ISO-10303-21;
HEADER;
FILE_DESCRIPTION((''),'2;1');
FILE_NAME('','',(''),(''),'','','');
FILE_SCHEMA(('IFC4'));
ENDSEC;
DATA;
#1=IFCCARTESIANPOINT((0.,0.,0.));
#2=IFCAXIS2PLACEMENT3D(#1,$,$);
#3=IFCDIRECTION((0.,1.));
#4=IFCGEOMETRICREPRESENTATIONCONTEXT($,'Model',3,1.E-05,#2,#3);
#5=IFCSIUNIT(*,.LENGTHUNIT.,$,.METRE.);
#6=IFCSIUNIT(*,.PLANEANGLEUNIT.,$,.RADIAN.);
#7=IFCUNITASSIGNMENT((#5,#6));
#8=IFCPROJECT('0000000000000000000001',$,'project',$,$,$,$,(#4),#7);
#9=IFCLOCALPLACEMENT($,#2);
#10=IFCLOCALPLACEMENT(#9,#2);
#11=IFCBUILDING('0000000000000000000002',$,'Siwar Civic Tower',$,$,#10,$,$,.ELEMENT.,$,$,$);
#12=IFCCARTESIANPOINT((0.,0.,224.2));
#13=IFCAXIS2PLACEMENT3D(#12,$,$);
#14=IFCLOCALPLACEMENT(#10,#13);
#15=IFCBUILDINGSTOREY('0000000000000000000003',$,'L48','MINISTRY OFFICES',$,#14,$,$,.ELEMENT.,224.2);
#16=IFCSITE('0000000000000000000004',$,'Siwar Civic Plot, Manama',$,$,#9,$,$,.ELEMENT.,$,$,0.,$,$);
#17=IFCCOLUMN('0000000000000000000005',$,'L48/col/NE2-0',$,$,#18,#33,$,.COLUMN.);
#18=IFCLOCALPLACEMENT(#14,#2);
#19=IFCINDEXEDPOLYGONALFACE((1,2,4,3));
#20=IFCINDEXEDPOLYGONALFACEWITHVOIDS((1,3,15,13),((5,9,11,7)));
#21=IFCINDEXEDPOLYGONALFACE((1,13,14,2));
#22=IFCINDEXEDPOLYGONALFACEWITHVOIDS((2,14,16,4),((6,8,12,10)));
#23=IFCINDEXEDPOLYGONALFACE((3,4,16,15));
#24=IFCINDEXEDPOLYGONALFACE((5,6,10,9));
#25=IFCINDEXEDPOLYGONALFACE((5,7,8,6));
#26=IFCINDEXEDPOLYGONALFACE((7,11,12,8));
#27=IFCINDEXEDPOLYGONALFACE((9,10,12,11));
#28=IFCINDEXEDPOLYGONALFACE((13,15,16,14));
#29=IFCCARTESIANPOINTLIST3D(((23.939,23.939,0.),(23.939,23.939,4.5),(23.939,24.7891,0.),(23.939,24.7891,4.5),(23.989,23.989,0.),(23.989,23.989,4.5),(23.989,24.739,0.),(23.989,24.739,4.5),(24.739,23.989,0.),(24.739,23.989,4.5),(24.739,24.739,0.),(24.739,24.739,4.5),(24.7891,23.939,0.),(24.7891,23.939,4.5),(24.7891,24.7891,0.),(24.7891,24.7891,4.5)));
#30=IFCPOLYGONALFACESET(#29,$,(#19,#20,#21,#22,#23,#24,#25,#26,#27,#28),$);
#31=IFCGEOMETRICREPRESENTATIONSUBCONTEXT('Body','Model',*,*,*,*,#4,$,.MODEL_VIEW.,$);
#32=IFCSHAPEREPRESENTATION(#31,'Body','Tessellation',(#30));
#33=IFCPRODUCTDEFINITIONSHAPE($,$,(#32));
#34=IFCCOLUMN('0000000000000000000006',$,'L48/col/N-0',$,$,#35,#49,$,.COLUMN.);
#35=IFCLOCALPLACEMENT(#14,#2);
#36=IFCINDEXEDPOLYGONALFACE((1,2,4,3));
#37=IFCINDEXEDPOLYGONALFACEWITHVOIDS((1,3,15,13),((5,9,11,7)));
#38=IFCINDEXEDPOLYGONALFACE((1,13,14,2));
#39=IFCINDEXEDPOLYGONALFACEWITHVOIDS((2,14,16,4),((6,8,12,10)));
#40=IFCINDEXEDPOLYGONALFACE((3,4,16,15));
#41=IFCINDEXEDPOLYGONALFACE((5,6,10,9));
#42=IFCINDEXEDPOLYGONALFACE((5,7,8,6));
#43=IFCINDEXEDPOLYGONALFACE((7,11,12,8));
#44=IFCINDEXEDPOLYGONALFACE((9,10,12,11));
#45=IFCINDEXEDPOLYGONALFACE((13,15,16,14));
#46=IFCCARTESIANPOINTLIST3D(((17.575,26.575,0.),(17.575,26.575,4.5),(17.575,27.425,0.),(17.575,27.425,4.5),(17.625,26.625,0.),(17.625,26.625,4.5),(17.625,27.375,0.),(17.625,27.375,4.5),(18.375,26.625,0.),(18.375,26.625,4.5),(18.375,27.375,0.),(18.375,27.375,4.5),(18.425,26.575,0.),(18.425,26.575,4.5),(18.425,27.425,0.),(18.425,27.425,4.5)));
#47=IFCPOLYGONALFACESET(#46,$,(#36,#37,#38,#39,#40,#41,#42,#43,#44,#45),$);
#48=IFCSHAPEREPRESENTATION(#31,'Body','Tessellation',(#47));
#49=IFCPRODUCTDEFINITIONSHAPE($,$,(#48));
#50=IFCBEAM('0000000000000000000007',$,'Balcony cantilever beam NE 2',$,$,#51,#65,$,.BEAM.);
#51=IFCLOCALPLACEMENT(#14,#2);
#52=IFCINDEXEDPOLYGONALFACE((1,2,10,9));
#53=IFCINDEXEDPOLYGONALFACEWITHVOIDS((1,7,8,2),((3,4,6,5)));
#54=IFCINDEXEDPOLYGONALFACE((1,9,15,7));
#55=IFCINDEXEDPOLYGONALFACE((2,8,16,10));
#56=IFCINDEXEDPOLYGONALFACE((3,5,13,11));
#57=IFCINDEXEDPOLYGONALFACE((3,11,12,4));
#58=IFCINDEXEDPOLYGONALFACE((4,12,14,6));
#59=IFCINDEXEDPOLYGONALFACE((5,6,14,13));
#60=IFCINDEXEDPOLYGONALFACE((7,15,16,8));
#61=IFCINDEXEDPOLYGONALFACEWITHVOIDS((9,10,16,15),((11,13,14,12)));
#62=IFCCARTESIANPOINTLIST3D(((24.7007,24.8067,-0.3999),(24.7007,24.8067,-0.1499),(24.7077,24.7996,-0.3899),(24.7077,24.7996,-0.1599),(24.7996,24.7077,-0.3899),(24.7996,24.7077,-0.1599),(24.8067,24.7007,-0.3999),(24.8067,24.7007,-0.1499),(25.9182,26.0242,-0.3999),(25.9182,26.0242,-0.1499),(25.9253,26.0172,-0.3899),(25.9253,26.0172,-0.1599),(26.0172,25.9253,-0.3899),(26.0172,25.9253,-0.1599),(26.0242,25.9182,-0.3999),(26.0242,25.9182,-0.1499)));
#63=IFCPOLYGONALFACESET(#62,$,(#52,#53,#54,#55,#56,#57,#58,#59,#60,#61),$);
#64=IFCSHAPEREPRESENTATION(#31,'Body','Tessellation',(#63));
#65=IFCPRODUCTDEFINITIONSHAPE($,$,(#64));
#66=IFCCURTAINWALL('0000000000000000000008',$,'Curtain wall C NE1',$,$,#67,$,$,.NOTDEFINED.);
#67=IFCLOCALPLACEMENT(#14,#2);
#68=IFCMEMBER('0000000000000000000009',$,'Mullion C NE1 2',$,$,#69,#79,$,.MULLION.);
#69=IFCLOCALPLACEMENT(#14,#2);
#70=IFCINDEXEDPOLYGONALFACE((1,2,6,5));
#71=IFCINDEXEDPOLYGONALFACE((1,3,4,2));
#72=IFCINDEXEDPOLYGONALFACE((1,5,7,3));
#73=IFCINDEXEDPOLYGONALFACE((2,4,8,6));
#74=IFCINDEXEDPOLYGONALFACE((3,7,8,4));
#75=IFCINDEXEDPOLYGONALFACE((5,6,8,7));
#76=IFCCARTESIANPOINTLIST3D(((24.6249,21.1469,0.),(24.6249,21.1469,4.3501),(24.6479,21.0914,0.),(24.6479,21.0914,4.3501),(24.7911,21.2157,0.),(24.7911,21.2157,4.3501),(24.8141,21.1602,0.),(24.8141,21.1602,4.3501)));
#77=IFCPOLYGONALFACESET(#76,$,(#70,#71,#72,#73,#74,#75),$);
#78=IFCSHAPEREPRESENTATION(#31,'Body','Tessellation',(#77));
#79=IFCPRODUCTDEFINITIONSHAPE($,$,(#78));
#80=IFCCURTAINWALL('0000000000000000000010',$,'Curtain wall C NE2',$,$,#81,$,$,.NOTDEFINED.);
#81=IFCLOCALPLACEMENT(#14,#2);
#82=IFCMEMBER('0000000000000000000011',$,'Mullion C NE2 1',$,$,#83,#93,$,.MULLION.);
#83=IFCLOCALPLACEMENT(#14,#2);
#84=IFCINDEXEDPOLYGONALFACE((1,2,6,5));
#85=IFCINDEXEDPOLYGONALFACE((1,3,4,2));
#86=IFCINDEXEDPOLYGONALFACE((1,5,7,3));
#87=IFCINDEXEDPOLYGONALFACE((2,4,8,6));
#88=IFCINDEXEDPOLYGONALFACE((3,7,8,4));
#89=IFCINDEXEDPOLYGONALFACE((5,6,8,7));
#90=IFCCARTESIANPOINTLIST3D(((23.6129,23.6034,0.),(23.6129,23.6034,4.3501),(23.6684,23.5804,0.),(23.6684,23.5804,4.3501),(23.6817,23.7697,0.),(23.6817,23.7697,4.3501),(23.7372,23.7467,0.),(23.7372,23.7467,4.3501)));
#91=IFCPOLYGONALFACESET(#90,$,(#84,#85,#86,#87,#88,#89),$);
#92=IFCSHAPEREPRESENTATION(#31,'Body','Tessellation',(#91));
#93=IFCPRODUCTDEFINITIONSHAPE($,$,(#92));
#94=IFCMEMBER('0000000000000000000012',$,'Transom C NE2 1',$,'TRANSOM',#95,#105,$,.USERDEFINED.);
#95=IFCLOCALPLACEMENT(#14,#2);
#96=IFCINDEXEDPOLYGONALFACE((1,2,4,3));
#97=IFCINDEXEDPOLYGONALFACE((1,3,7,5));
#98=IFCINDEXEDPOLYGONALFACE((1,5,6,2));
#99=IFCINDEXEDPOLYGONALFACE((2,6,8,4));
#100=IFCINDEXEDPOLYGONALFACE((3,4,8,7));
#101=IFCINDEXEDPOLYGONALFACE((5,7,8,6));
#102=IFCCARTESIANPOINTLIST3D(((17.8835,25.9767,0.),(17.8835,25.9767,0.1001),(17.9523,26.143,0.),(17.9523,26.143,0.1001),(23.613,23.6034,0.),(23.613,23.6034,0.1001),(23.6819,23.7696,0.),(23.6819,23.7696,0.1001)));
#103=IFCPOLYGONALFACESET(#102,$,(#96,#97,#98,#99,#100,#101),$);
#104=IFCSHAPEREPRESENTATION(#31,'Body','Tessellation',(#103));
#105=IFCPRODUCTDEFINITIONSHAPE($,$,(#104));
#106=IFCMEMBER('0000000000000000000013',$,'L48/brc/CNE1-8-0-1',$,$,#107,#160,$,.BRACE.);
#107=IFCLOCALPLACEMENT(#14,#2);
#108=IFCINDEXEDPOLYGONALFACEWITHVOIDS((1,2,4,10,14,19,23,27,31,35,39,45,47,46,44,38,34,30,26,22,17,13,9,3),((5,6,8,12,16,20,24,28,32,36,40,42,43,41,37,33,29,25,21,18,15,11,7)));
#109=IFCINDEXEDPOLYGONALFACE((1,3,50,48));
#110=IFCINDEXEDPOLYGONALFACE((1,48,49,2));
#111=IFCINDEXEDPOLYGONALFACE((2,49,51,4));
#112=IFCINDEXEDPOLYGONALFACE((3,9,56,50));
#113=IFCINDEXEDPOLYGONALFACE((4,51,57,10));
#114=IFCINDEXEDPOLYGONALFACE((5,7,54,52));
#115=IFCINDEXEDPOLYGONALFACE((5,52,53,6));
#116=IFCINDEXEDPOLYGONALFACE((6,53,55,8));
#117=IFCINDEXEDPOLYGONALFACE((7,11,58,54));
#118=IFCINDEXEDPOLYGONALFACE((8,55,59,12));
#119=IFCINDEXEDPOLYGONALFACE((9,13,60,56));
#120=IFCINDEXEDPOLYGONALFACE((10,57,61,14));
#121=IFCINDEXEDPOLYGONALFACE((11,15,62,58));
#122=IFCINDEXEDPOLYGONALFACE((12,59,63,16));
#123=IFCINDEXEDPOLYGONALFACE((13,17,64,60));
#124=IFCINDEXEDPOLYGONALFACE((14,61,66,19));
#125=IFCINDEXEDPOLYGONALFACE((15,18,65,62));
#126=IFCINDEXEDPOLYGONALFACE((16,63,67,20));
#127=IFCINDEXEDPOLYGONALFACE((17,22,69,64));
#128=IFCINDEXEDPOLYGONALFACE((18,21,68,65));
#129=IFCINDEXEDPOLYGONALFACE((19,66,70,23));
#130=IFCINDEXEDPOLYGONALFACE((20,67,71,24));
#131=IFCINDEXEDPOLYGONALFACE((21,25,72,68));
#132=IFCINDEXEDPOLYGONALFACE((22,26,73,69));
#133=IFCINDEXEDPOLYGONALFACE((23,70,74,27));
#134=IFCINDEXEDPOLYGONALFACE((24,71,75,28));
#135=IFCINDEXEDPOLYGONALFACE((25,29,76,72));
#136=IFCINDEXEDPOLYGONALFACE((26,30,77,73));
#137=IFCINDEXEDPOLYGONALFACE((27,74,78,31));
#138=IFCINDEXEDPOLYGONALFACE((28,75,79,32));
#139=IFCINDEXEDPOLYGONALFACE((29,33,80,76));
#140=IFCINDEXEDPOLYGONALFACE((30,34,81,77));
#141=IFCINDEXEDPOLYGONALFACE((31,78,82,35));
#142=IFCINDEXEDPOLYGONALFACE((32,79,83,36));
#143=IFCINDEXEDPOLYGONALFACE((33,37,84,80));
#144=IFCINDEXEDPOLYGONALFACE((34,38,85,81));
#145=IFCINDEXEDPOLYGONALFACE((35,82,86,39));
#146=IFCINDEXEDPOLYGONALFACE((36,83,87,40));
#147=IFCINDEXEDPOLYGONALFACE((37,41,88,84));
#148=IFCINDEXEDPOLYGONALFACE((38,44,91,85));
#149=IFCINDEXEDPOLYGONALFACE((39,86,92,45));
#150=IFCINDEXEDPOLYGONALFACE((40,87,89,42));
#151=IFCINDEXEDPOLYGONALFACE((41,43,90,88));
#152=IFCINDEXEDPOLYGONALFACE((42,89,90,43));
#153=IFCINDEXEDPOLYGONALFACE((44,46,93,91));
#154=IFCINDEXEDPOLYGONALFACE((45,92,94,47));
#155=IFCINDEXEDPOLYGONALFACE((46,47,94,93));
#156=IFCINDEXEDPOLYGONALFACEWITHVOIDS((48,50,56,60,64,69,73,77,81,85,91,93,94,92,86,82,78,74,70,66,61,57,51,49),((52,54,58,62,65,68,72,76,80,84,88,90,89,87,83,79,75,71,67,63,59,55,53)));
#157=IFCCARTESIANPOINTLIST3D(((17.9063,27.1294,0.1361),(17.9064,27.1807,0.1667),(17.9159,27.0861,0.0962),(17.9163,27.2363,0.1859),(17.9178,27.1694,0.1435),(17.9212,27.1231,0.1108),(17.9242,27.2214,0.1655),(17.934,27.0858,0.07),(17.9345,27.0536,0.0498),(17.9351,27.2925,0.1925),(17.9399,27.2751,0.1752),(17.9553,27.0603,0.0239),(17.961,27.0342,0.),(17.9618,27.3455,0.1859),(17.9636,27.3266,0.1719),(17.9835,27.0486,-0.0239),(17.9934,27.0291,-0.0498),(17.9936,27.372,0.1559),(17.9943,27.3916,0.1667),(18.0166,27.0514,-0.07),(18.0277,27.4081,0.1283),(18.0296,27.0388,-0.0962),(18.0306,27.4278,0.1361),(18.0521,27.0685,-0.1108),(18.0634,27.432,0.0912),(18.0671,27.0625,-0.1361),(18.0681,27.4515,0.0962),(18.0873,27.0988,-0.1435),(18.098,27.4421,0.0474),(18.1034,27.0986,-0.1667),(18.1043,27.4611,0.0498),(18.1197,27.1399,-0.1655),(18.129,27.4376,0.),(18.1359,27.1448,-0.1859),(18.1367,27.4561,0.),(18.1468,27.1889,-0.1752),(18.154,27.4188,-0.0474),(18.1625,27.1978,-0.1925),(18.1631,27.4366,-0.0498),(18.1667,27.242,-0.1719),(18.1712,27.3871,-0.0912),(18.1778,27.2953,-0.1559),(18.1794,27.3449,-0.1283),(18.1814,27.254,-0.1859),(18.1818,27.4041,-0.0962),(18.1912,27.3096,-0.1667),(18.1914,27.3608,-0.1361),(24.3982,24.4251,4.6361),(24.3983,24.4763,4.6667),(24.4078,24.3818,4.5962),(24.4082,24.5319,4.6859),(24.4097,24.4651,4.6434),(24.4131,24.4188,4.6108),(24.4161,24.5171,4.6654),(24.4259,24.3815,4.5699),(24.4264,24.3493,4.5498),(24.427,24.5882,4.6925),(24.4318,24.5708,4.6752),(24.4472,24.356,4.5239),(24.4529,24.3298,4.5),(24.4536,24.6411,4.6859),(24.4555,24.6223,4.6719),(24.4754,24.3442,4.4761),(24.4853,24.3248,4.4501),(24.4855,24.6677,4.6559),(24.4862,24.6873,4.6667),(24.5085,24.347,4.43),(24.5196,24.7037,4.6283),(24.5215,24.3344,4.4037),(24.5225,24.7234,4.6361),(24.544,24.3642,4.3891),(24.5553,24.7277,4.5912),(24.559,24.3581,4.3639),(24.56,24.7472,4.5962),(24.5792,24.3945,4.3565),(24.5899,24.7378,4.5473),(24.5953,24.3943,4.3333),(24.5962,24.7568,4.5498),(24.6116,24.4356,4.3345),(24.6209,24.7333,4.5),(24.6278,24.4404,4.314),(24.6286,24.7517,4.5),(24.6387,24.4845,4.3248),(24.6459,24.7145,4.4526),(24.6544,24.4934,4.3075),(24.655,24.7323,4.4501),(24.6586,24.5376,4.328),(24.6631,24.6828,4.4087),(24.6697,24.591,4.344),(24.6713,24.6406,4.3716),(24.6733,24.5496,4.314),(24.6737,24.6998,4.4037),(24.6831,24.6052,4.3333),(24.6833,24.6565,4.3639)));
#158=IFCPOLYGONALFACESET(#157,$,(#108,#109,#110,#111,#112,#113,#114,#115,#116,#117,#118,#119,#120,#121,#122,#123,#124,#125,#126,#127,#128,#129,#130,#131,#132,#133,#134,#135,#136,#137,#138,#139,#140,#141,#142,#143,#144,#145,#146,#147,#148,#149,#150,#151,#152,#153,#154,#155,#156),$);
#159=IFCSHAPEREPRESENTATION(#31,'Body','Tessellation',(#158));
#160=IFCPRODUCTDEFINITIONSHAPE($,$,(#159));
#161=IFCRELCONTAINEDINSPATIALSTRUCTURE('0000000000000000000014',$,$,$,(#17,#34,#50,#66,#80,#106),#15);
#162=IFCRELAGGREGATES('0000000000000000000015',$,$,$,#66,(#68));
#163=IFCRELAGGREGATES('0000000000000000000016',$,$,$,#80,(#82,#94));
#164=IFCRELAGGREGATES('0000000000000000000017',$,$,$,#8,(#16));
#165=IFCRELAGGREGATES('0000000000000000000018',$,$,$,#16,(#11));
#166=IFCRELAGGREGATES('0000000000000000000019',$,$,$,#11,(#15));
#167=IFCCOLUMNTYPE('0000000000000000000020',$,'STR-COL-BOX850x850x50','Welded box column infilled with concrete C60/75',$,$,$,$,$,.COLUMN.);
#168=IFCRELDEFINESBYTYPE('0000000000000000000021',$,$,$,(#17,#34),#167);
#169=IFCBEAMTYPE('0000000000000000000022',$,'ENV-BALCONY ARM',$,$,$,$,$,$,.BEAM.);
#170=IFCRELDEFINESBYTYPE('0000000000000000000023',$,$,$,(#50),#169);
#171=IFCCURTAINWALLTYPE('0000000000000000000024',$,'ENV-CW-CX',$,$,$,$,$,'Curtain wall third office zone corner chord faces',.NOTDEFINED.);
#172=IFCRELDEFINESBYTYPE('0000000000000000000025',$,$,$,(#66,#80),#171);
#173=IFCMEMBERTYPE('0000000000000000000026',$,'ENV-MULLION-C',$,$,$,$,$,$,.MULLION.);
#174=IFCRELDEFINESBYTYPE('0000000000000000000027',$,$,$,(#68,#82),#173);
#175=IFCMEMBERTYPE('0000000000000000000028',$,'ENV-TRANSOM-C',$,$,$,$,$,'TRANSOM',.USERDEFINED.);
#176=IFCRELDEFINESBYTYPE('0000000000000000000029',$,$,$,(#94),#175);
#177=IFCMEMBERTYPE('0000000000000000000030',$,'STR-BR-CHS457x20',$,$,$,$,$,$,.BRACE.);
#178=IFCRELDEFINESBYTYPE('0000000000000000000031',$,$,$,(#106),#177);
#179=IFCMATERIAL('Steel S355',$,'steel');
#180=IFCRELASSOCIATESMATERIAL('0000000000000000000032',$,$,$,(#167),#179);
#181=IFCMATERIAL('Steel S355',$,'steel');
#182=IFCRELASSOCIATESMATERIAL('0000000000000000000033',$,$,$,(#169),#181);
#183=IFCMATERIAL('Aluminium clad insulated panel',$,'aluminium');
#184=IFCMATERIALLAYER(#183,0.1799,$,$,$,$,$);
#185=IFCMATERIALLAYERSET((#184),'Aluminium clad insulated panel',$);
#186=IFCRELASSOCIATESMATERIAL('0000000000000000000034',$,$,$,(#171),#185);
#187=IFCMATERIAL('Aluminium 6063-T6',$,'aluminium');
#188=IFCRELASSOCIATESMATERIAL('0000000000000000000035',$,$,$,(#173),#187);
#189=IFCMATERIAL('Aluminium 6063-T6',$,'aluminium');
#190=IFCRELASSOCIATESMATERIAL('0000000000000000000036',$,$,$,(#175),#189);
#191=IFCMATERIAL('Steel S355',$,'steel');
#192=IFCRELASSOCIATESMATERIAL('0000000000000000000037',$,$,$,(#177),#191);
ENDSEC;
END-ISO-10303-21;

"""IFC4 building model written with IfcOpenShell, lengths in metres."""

from ifc_helpers import new_model, si_unit, direction, frame, origin, origin_2d, place, context, subcontext, project, spatial, rectangle, hollow_rectangle, hollow_circle, extrude, material, layer, layer_set, material_profile, profile_set, type_object, element, aggregate, save


model = new_model("IFC4")

# Units and contexts
model_context = context("Model", 3, precision=1e-05, world=origin(), true_north=direction((0.0, 1.0)))
body_context = subcontext(model_context, "Body", "Model", "MODEL_VIEW")
ifc_project = project(units=[si_unit("LENGTHUNIT", "METRE"), si_unit("PLANEANGLEUNIT", "RADIAN")], contexts=[model_context])

# Site, building, storey
site_placement = place(None, origin())
site = spatial("IfcSite", under=ifc_project, at=site_placement, Name="Siwar Civic Plot, Manama", CompositionType="ELEMENT", RefElevation=0.0)
building_placement = place(site_placement, origin())
building = spatial("IfcBuilding", under=site, at=building_placement, Name="Siwar Civic Tower", CompositionType="ELEMENT")
storey_placement = place(building_placement, frame((0.0, 0.0, 224.2)))
storey = spatial("IfcBuildingStorey", under=building, at=storey_placement, Name="L48", Description="MINISTRY OFFICES", CompositionType="ELEMENT", Elevation=224.2)

# Columns
ifc_material_1 = material(Name="Steel S355", Category="steel")
ifc_material_profile_1 = material_profile(ifc_material_1, hollow_rectangle(XDim=0.8501, YDim=0.8501, WallThickness=0.05, at=origin_2d()), Name="BOX850x850x50")
ifc_profile_set_1 = profile_set([ifc_material_profile_1], Name="Steel S355")
column_type = type_object("IfcColumnType", Name="STR-COL-BOX850x850x50", Description="Welded box column infilled with concrete C60/75", PredefinedType="COLUMN", material=ifc_profile_set_1)
for number, where, z_axis, x_axis, name in (
    (1, (24.364, 24.364, 0.0), (0.0, 0.0, 1.0), (1.0, 0.0, 0.0), "L48/col/NE2-0"),
    (2, (18.0, 27.0, 0.0), (0.0, 0.0, 1.0), (1.0, 0.0, 0.0), "L48/col/N-0"),
):
    element("IfcColumn", number, at=place(storey_placement, frame(where, z_axis=z_axis, x_axis=x_axis)), inside=storey, type_object=column_type, Name=name, PredefinedType="COLUMN", context=body_context, shape_type="SweptSolid", body=[
        extrude(hollow_rectangle(XDim=0.8501, YDim=0.8501, WallThickness=0.05, at=origin_2d()), origin(), (0.0, 0.0, 1.0), 4.5),
    ])

# Beam
ifc_material_2 = material(Name="Steel S355", Category="steel")
ifc_material_profile_2 = material_profile(ifc_material_2, hollow_rectangle(XDim=0.1499, YDim=0.25, WallThickness=0.01, at=origin_2d()), Name="RHS250x150x10")
ifc_profile_set_2 = profile_set([ifc_material_profile_2], Name="Steel S355")
beam_type_1 = type_object("IfcBeamType", Name="ENV-BALCONY ARM", PredefinedType="BEAM", material=ifc_profile_set_2)
beam_1_placement = place(storey_placement, frame((24.7537, 24.7537, -0.2749), z_axis=(0.707107, 0.707107, 0.0), x_axis=(-0.707107, 0.707107, 0.0)))
element("IfcBeam", 3, at=beam_1_placement, inside=storey, type_object=beam_type_1, Name="Balcony cantilever beam NE 2", PredefinedType="BEAM", context=body_context, shape_type="SweptSolid", body=[
    extrude(hollow_rectangle(XDim=0.1499, YDim=0.25, WallThickness=0.01, at=origin_2d()), origin(), (0.0, 0.0, 1.0), 1.7219),
])

# Curtain wall, member
ifc_material_3 = material(Name="Aluminium clad insulated panel", Category="aluminium")
ifc_layer_1 = layer(ifc_material_3, 0.1799)
ifc_layer_set_1 = layer_set([ifc_layer_1], Name="Aluminium clad insulated panel")
curtain_wall_type = type_object("IfcCurtainWallType", Name="ENV-CW-CX", ElementType="Curtain wall third office zone corner chord faces", PredefinedType="NOTDEFINED", material=ifc_layer_set_1)
curtain_wall_1_placement = place(storey_placement, origin())
curtain_wall_1 = element("IfcCurtainWall", 4, at=curtain_wall_1_placement, inside=storey, type_object=curtain_wall_type, Name="Curtain wall C NE1", PredefinedType="NOTDEFINED")
ifc_material_4 = material(Name="Aluminium 6063-T6", Category="aluminium")
ifc_material_profile_3 = material_profile(ifc_material_4, rectangle(XDim=0.1799, YDim=0.0601, at=origin_2d()), Name="AL 180x60")
ifc_profile_set_3 = profile_set([ifc_material_profile_3], Name="Aluminium 6063-T6")
member_type_1 = type_object("IfcMemberType", Name="ENV-MULLION-C", PredefinedType="MULLION", material=ifc_profile_set_3)
member_1_placement = place(storey_placement, frame((24.7195, 21.1536, 0.0), z_axis=(0.0, 0.0, 1.0), x_axis=(-0.92388, -0.382683, 0.0)))
member_1 = element("IfcMember", 5, at=member_1_placement, type_object=member_type_1, Name="Mullion C NE1 2", PredefinedType="MULLION", context=body_context, shape_type="SweptSolid", body=[
    extrude(rectangle(XDim=0.1799, YDim=0.0601, at=origin_2d()), origin(), (0.0, 0.0, 1.0), 4.3501),
])

# Curtain wall, members
curtain_wall_2_placement = place(storey_placement, origin())
curtain_wall_2 = element("IfcCurtainWall", 6, at=curtain_wall_2_placement, inside=storey, type_object=curtain_wall_type, Name="Curtain wall C NE2", PredefinedType="NOTDEFINED")
member_2_placement = place(storey_placement, frame((23.675, 23.675, 0.0), z_axis=(0.0, 0.0, 1.0), x_axis=(-0.382683, -0.92388, 0.0)))
member_2 = element("IfcMember", 7, at=member_2_placement, type_object=member_type_1, Name="Mullion C NE2 1", PredefinedType="MULLION", context=body_context, shape_type="SweptSolid", body=[
    extrude(rectangle(XDim=0.1799, YDim=0.0601, at=origin_2d()), origin(), (0.0, 0.0, 1.0), 4.3501),
])
ifc_material_5 = material(Name="Aluminium 6063-T6", Category="aluminium")
ifc_material_profile_4 = material_profile(ifc_material_5, rectangle(XDim=0.1799, YDim=0.1001, at=origin_2d()), Name="AL 180x100")
ifc_profile_set_4 = profile_set([ifc_material_profile_4], Name="Aluminium 6063-T6")
member_type_2 = type_object("IfcMemberType", Name="ENV-TRANSOM-C", ElementType="TRANSOM", PredefinedType="USERDEFINED", material=ifc_profile_set_4)
member_3_placement = place(storey_placement, frame((23.6475, 23.6865, 0.05), z_axis=(-0.923876, 0.382691, 0.0), x_axis=(-0.382691, -0.923876, 0.0)))
member_3 = element("IfcMember", 8, at=member_3_placement, type_object=member_type_2, Name="Transom C NE2 1", ObjectType="TRANSOM", PredefinedType="USERDEFINED", context=body_context, shape_type="SweptSolid", body=[
    extrude(rectangle(XDim=0.1799, YDim=0.1001, at=origin_2d()), origin(), (0.0, 0.0, 1.0), 6.2017),
])

# Member
ifc_material_6 = material(Name="Steel S355", Category="steel")
ifc_material_profile_5 = material_profile(ifc_material_6, hollow_circle(Radius=0.2285, WallThickness=0.02, at=origin_2d()), Name="CHS457x20")
ifc_profile_set_5 = profile_set([ifc_material_profile_5], Name="Steel S355")
member_type_3 = type_object("IfcMemberType", Name="STR-BR-CHS457x20", PredefinedType="BRACE", material=ifc_profile_set_5)
member_4_placement = place(storey_placement, frame((18.0488, 27.2451, 0.0), z_axis=(0.777555, -0.323906, 0.538975), x_axis=(0.384539, 0.923109, 0.0)))
element("IfcMember", 9, at=member_4_placement, inside=storey, type_object=member_type_3, Name="L48/brc/CNE1-8-0-1", PredefinedType="BRACE", context=body_context, shape_type="SweptSolid", body=[
    extrude(hollow_circle(Radius=0.2285, WallThickness=0.02, at=origin_2d()), origin(), (0.0, 0.0, 1.0), 8.3491),
])

aggregate(curtain_wall_1, [member_1])
aggregate(curtain_wall_2, [member_2, member_3])

save(model, "model.ifc")
